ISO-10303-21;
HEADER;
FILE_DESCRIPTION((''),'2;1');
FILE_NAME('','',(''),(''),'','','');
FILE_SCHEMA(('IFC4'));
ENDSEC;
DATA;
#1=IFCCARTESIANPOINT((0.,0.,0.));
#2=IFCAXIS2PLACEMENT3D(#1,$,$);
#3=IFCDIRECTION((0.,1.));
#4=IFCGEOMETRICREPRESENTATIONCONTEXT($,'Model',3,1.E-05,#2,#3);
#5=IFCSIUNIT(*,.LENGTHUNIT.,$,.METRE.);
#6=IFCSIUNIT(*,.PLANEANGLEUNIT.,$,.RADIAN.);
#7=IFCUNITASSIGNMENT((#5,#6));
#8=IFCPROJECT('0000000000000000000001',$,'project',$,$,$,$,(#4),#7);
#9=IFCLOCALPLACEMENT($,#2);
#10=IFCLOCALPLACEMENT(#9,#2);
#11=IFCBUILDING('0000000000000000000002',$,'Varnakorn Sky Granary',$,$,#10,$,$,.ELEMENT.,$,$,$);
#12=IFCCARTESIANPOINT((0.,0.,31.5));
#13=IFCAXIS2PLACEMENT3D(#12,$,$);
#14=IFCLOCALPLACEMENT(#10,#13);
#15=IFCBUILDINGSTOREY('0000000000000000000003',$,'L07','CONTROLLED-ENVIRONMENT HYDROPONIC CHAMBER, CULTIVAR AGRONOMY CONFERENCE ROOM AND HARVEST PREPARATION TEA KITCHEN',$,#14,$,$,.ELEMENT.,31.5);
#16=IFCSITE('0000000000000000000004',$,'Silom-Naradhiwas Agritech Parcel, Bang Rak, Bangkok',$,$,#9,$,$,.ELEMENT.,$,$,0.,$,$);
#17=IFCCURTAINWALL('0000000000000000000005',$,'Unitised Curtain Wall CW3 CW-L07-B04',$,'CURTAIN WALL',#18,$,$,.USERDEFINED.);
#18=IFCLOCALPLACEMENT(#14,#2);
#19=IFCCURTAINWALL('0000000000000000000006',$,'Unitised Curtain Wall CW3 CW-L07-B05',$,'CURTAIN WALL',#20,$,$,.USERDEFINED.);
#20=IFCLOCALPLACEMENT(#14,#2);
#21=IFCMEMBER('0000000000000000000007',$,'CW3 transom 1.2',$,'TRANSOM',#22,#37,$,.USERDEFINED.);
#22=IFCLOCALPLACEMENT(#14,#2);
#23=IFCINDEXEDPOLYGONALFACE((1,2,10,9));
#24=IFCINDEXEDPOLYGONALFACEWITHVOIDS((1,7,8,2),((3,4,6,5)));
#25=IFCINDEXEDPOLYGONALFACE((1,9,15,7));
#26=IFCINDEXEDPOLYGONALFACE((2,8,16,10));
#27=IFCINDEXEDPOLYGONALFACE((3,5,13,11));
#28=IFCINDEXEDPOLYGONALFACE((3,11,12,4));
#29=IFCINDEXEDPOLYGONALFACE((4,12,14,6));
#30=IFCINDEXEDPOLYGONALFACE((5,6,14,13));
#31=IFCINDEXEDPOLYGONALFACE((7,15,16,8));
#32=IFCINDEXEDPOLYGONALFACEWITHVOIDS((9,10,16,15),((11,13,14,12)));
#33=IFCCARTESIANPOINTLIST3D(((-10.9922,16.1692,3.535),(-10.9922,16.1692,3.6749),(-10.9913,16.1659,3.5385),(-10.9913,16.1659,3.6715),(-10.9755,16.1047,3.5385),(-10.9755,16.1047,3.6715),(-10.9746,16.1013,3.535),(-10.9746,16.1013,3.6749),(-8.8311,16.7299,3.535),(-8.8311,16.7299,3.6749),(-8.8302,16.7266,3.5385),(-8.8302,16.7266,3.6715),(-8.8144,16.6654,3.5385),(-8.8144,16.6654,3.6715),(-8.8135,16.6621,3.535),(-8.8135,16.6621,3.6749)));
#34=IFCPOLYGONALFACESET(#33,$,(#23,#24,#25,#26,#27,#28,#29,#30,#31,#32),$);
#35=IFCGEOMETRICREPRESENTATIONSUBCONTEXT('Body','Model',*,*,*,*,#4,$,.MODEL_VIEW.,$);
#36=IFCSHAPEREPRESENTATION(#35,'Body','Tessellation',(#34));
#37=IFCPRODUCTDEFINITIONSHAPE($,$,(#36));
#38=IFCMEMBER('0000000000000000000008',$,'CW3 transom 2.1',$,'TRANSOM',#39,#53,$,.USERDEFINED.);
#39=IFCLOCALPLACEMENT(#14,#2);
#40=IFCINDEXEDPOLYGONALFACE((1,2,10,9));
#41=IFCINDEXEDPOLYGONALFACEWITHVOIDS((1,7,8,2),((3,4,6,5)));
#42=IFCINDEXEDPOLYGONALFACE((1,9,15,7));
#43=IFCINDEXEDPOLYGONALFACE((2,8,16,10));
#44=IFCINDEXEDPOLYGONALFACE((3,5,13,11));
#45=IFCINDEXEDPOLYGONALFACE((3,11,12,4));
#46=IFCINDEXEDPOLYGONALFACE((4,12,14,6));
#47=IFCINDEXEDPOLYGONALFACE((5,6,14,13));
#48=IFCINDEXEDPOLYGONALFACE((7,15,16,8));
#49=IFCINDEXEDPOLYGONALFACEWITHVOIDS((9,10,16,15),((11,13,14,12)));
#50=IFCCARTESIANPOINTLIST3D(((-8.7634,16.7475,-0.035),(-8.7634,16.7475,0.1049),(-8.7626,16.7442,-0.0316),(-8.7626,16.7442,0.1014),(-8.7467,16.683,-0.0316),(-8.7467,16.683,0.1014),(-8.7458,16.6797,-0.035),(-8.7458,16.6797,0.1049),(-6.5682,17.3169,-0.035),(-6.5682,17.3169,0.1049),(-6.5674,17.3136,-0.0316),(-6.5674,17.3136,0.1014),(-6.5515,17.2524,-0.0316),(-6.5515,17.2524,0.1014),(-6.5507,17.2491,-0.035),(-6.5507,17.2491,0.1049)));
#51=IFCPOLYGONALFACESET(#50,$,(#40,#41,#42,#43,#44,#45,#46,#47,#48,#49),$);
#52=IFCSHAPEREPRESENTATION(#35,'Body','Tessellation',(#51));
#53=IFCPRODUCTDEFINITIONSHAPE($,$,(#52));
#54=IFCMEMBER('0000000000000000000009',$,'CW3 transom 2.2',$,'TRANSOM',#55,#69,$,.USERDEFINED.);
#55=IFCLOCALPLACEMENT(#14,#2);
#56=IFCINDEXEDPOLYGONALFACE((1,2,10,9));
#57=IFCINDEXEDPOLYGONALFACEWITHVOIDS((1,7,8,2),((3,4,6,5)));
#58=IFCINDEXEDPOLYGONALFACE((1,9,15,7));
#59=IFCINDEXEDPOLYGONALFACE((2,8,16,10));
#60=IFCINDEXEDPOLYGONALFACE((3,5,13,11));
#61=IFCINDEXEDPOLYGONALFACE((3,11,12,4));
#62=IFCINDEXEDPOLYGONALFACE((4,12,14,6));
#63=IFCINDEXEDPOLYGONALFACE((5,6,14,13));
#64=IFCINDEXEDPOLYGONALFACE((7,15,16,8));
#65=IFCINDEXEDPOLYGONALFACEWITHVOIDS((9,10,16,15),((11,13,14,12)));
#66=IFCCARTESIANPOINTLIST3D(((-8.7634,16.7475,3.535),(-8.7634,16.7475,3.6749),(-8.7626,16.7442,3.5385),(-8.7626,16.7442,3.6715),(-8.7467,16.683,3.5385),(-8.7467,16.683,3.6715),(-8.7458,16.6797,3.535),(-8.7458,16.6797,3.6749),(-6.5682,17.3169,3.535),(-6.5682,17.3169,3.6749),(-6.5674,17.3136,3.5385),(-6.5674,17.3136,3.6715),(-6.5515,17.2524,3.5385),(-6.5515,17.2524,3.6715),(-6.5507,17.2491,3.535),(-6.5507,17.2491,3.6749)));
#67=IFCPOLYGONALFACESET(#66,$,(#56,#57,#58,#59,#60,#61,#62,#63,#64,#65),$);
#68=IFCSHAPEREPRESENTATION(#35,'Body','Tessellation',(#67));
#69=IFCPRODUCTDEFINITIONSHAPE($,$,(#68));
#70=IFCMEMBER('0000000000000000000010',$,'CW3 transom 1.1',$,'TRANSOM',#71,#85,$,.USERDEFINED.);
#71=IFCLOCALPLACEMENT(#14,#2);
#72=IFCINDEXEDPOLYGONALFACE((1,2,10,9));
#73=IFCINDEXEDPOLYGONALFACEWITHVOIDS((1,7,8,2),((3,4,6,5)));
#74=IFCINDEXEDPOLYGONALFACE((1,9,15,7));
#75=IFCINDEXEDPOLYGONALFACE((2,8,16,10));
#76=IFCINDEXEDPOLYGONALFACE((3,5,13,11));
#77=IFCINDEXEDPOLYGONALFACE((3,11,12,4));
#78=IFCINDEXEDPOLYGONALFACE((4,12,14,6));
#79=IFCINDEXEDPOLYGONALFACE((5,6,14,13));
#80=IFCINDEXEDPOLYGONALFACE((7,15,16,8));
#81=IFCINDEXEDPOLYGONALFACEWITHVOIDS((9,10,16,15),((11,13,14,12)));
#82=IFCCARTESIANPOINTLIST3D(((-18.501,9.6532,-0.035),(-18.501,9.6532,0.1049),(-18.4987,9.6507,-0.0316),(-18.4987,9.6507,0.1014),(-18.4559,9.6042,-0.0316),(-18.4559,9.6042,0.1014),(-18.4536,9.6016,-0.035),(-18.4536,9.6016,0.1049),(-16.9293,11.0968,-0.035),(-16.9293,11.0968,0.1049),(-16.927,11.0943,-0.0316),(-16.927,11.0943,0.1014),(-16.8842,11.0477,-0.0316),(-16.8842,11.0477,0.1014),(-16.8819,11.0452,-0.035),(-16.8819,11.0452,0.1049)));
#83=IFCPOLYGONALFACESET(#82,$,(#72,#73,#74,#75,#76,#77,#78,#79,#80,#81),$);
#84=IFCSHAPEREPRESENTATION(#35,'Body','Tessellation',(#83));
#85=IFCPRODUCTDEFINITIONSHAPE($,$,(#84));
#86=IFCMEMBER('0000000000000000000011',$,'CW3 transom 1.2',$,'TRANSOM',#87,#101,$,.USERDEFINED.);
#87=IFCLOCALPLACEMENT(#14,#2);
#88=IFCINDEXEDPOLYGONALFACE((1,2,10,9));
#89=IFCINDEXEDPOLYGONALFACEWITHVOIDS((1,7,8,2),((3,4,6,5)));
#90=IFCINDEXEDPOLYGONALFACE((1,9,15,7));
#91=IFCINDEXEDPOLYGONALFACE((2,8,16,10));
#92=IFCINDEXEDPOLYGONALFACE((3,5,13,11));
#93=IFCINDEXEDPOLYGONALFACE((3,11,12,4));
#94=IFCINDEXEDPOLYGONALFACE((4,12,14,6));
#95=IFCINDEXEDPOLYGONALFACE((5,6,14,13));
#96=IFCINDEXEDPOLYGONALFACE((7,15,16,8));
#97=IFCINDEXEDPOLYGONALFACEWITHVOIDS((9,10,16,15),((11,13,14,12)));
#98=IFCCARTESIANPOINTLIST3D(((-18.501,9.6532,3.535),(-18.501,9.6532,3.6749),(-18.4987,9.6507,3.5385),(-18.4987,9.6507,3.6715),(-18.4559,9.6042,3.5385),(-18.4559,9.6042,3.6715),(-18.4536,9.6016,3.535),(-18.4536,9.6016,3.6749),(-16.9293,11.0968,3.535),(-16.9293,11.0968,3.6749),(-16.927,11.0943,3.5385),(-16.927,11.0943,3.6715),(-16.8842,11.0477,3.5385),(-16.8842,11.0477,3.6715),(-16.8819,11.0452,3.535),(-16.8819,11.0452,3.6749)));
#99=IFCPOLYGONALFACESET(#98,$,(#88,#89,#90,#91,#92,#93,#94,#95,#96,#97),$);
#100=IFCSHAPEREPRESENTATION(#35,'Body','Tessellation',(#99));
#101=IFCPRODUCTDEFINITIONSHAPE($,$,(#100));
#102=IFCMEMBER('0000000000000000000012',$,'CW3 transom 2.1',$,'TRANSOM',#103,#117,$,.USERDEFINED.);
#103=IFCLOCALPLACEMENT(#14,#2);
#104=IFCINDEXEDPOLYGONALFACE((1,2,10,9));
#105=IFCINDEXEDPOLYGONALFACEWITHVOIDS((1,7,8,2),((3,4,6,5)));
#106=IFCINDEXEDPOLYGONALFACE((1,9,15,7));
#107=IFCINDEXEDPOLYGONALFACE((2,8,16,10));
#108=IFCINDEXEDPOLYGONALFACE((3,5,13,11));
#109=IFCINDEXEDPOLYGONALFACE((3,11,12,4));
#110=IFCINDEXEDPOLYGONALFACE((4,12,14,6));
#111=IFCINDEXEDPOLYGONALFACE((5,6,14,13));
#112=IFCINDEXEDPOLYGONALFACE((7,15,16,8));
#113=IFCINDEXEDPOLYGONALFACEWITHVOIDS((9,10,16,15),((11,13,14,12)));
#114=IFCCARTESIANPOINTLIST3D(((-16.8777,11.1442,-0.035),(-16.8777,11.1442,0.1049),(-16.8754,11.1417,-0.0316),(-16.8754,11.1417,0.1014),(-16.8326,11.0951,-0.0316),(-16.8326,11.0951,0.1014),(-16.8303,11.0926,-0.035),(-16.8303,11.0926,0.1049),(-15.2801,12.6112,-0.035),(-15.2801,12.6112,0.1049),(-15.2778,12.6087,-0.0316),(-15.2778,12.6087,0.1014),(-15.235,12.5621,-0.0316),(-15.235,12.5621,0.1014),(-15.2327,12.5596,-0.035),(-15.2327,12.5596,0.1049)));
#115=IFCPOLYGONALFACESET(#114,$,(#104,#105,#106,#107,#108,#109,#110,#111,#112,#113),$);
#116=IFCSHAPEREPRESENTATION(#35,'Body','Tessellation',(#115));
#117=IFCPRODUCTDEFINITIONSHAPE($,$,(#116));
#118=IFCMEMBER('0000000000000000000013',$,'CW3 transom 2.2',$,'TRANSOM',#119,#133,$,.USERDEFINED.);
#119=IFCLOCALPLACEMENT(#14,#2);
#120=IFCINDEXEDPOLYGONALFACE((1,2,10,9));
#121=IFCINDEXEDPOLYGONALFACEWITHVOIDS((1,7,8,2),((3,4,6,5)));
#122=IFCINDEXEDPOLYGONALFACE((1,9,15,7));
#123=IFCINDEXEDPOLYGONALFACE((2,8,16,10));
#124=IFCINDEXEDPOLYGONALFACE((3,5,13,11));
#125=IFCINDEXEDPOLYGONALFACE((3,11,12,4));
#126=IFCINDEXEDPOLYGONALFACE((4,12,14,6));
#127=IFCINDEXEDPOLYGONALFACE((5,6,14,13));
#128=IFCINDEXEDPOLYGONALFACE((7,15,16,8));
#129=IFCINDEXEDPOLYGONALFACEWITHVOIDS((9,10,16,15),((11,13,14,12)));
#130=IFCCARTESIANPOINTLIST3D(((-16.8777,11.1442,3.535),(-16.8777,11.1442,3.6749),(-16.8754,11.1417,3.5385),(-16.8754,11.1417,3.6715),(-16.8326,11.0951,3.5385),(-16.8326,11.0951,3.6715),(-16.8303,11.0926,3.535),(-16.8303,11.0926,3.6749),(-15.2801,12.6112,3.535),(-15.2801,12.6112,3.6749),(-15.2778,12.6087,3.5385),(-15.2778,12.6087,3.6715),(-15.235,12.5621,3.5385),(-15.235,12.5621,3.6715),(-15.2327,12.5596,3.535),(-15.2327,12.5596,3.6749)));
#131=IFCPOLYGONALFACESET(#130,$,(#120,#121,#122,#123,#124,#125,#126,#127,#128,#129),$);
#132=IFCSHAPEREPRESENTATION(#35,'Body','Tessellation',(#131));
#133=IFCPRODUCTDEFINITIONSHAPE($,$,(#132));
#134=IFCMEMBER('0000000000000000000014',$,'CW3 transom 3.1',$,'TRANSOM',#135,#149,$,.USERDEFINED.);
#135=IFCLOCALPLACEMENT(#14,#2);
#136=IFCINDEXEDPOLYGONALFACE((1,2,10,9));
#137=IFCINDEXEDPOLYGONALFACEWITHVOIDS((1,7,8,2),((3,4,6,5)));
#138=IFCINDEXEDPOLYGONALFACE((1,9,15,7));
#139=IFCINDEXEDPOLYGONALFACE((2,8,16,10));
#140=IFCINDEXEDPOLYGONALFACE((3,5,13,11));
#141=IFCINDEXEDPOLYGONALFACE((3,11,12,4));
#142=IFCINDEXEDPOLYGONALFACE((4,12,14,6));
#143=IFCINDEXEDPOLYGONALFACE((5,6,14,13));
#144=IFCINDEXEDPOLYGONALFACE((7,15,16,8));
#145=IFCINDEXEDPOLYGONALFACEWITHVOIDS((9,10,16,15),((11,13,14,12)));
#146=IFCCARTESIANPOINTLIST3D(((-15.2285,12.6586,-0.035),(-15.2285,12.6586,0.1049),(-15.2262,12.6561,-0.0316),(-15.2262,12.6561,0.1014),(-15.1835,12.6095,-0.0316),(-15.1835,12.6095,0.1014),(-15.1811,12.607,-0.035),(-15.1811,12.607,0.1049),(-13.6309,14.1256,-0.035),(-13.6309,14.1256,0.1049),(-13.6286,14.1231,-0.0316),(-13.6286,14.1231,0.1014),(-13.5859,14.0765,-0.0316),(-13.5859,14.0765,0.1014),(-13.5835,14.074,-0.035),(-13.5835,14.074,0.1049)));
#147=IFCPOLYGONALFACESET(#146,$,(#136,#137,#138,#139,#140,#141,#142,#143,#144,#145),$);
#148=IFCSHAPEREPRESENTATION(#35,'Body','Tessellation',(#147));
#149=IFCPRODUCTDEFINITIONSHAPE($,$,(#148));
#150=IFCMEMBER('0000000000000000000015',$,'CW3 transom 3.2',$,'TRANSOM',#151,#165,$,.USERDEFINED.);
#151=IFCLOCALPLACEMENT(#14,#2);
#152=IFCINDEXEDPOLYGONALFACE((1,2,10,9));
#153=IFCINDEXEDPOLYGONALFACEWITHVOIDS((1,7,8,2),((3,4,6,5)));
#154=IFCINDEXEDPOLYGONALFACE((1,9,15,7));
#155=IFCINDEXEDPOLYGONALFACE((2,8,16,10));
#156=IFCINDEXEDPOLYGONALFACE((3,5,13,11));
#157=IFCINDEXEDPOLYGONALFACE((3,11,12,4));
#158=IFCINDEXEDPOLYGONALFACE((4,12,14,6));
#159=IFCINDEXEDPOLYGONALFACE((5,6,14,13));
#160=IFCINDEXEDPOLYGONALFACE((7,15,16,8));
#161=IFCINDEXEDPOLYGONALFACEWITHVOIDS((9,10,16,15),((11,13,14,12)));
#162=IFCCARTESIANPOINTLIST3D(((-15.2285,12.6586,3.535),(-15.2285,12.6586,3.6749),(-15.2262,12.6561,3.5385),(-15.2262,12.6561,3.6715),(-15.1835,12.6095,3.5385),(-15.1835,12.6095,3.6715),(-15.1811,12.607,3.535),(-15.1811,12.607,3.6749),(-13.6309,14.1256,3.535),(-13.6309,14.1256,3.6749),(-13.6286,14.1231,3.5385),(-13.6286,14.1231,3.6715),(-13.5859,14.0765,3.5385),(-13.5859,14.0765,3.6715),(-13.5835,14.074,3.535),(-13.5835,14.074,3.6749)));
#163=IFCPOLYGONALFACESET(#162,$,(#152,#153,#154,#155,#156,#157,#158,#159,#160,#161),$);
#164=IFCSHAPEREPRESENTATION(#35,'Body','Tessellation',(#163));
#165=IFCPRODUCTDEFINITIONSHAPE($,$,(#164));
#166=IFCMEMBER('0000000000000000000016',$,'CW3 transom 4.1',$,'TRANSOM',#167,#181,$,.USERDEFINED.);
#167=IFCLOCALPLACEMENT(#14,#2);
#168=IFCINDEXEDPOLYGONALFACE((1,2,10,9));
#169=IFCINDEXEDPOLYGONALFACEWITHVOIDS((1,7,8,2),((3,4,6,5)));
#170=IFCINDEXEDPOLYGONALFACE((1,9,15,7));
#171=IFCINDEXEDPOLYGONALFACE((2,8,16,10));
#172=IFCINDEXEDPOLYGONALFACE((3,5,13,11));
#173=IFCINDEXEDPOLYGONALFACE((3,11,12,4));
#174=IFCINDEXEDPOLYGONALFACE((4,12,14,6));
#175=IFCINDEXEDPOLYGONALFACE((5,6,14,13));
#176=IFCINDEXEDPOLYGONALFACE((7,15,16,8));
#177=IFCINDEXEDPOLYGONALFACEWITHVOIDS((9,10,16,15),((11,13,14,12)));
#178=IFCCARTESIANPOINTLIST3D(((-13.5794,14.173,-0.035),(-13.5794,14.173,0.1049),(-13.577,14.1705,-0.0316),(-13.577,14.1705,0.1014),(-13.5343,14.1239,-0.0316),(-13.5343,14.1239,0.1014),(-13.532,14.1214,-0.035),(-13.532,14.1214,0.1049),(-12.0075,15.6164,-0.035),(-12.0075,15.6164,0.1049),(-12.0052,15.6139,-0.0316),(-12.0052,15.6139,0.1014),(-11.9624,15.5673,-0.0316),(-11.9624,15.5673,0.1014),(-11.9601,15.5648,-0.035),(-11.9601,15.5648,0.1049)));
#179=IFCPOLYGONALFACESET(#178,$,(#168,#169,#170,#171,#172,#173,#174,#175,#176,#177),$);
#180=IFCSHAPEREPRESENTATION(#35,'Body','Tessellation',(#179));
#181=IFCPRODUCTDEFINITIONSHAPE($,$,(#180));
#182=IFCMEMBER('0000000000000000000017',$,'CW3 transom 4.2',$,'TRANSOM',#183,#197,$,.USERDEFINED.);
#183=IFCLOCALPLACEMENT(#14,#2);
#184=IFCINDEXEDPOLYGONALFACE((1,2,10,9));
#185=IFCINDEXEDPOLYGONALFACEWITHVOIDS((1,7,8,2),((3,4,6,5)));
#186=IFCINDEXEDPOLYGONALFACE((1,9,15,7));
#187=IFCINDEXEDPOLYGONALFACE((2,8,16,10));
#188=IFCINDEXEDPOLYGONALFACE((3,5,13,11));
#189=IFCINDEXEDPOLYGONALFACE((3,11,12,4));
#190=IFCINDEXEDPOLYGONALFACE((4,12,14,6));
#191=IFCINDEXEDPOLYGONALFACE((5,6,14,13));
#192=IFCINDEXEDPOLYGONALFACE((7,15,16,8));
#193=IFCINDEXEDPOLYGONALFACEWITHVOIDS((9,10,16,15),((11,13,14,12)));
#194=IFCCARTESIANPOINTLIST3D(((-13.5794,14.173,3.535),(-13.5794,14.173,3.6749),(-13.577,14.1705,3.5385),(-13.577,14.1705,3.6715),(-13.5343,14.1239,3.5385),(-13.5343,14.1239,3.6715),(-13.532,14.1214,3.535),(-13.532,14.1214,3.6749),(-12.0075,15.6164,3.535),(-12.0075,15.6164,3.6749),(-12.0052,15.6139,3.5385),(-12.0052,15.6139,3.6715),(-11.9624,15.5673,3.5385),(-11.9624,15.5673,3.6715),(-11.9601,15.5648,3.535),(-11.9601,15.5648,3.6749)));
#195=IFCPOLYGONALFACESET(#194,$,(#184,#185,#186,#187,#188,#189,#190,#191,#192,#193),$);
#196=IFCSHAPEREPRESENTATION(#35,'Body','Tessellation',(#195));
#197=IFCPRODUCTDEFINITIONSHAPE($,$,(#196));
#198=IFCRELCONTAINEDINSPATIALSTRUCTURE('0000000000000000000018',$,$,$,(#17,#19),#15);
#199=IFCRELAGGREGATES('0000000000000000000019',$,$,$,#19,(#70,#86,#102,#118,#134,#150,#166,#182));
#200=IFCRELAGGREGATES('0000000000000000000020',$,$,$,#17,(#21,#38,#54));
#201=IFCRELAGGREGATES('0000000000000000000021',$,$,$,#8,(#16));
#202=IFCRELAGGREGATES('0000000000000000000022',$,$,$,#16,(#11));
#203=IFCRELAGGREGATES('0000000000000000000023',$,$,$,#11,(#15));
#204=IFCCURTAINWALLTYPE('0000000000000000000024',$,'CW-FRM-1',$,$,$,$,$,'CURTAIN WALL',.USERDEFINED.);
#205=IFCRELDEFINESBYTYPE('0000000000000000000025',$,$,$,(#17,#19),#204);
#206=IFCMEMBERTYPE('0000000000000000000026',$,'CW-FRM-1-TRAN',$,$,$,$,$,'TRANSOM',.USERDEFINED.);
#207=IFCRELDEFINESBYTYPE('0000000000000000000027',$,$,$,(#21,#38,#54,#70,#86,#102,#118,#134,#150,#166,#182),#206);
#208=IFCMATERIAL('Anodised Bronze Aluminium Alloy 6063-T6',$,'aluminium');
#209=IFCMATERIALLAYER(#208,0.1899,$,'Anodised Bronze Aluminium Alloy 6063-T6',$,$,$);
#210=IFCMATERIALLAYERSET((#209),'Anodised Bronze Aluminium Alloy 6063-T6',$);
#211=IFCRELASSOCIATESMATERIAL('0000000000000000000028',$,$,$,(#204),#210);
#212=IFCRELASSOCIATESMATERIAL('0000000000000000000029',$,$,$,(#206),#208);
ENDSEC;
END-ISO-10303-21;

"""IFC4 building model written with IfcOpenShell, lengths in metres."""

from ifc_helpers import new_model, si_unit, direction, frame, origin, origin_2d, place, context, subcontext, project, spatial, hollow_rectangle, extrude, material, layer, layer_set, material_profile, profile_set, type_object, element, aggregate, save


model = new_model("IFC4")

# Units and contexts
model_context = context("Model", 3, precision=1e-05, world=origin(), true_north=direction((0.0, 1.0)))
body_context = subcontext(model_context, "Body", "Model", "MODEL_VIEW")
ifc_project = project(units=[si_unit("LENGTHUNIT", "METRE"), si_unit("PLANEANGLEUNIT", "RADIAN")], contexts=[model_context])

# Site, building, storey
site_placement = place(None, origin())
site = spatial("IfcSite", under=ifc_project, at=site_placement, Name="Silom-Naradhiwas Agritech Parcel, Bang Rak, Bangkok", CompositionType="ELEMENT", RefElevation=0.0)
building_placement = place(site_placement, origin())
building = spatial("IfcBuilding", under=site, at=building_placement, Name="Varnakorn Sky Granary", CompositionType="ELEMENT")
storey_placement = place(building_placement, frame((0.0, 0.0, 31.5)))
storey = spatial("IfcBuildingStorey", under=building, at=storey_placement, Name="L07", Description="CONTROLLED-ENVIRONMENT HYDROPONIC CHAMBER, CULTIVAR AGRONOMY CONFERENCE ROOM AND HARVEST PREPARATION TEA KITCHEN", CompositionType="ELEMENT", Elevation=31.5)

# Curtain walls
ifc_material_1 = material(Name="Anodised Bronze Aluminium Alloy 6063-T6", Category="aluminium")
ifc_layer_1 = layer(ifc_material_1, 0.1899, Name="Anodised Bronze Aluminium Alloy 6063-T6")
ifc_layer_set_1 = layer_set([ifc_layer_1], Name="Anodised Bronze Aluminium Alloy 6063-T6")
curtain_wall_type = type_object("IfcCurtainWallType", Name="CW-FRM-1", ElementType="CURTAIN WALL", PredefinedType="USERDEFINED", material=ifc_layer_set_1)
curtain_wall_1_placement = place(storey_placement, origin())
curtain_wall_1 = element("IfcCurtainWall", 1, at=curtain_wall_1_placement, inside=storey, type_object=curtain_wall_type, Name="Unitised Curtain Wall CW3 CW-L07-B04", ObjectType="CURTAIN WALL", PredefinedType="USERDEFINED")
curtain_wall_2_placement = place(storey_placement, origin())
curtain_wall_2 = element("IfcCurtainWall", 2, at=curtain_wall_2_placement, inside=storey, type_object=curtain_wall_type, Name="Unitised Curtain Wall CW3 CW-L07-B05", ObjectType="CURTAIN WALL", PredefinedType="USERDEFINED")

# Members
ifc_material_profile_1 = material_profile(ifc_material_1, hollow_rectangle(XDim=0.0701, YDim=0.1399, WallThickness=0.0034, at=origin_2d()), Name="ALU TRAN 70x140")
ifc_profile_set_1 = profile_set([ifc_material_profile_1], Name="Anodised Bronze Aluminium Alloy 6063-T6")
member_type_1 = type_object("IfcMemberType", Name="CW-FRM-1-TRAN", ElementType="TRANSOM", PredefinedType="USERDEFINED", material=ifc_profile_set_1)
member_1_placement = place(storey_placement, frame((-10.9834, 16.1353, 3.605), z_axis=(0.967943, 0.251171, 0.0), x_axis=(-0.251171, 0.967943, 0.0)))
member_1 = element("IfcMember", 3, at=member_1_placement, type_object=member_type_1, Name="CW3 transom 1.2", ObjectType="TRANSOM", PredefinedType="USERDEFINED", context=body_context, shape_type="SweptSolid", body=[
    extrude(hollow_rectangle(XDim=0.0701, YDim=0.1399, WallThickness=0.0034, at=origin_2d()), origin(), (0.0, 0.0, 1.0), 2.2327),
])
member_2_placement = place(storey_placement, frame((-8.7546, 16.7136, 0.0349), z_axis=(0.967971, 0.251063, 0.0), x_axis=(-0.251063, 0.967971, 0.0)))
member_2 = element("IfcMember", 4, at=member_2_placement, type_object=member_type_1, Name="CW3 transom 2.1", ObjectType="TRANSOM", PredefinedType="USERDEFINED", context=body_context, shape_type="SweptSolid", body=[
    extrude(hollow_rectangle(XDim=0.0701, YDim=0.1399, WallThickness=0.0034, at=origin_2d()), origin(), (0.0, 0.0, 1.0), 2.2678),
])
member_3_placement = place(storey_placement, frame((-8.7546, 16.7136, 3.605), z_axis=(0.967971, 0.251063, 0.0), x_axis=(-0.251063, 0.967971, 0.0)))
member_3 = element("IfcMember", 5, at=member_3_placement, type_object=member_type_1, Name="CW3 transom 2.2", ObjectType="TRANSOM", PredefinedType="USERDEFINED", context=body_context, shape_type="SweptSolid", body=[
    extrude(hollow_rectangle(XDim=0.0701, YDim=0.1399, WallThickness=0.0034, at=origin_2d()), origin(), (0.0, 0.0, 1.0), 2.2678),
])
member_4_placement = place(storey_placement, frame((-18.4773, 9.6274, 0.0349), z_axis=(0.736498, 0.676439, 0.0), x_axis=(-0.676439, 0.736498, 0.0)))
member_4 = element("IfcMember", 6, at=member_4_placement, type_object=member_type_1, Name="CW3 transom 1.1", ObjectType="TRANSOM", PredefinedType="USERDEFINED", context=body_context, shape_type="SweptSolid", body=[
    extrude(hollow_rectangle(XDim=0.0701, YDim=0.1399, WallThickness=0.0034, at=origin_2d()), origin(), (0.0, 0.0, 1.0), 2.134),
])
member_5_placement = place(storey_placement, frame((-18.4773, 9.6274, 3.605), z_axis=(0.736498, 0.676439, 0.0), x_axis=(-0.676439, 0.736498, 0.0)))
member_5 = element("IfcMember", 7, at=member_5_placement, type_object=member_type_1, Name="CW3 transom 1.2", ObjectType="TRANSOM", PredefinedType="USERDEFINED", context=body_context, shape_type="SweptSolid", body=[
    extrude(hollow_rectangle(XDim=0.0701, YDim=0.1399, WallThickness=0.0034, at=origin_2d()), origin(), (0.0, 0.0, 1.0), 2.134),
])
member_6_placement = place(storey_placement, frame((-16.854, 11.1184, 0.0349), z_axis=(0.736575, 0.676356, 0.0), x_axis=(-0.676356, 0.736575, 0.0)))
member_6 = element("IfcMember", 8, at=member_6_placement, type_object=member_type_1, Name="CW3 transom 2.1", ObjectType="TRANSOM", PredefinedType="USERDEFINED", context=body_context, shape_type="SweptSolid", body=[
    extrude(hollow_rectangle(XDim=0.0701, YDim=0.1399, WallThickness=0.0034, at=origin_2d()), origin(), (0.0, 0.0, 1.0), 2.1689),
])
member_7_placement = place(storey_placement, frame((-16.854, 11.1184, 3.605), z_axis=(0.736575, 0.676356, 0.0), x_axis=(-0.676356, 0.736575, 0.0)))
member_7 = element("IfcMember", 9, at=member_7_placement, type_object=member_type_1, Name="CW3 transom 2.2", ObjectType="TRANSOM", PredefinedType="USERDEFINED", context=body_context, shape_type="SweptSolid", body=[
    extrude(hollow_rectangle(XDim=0.0701, YDim=0.1399, WallThickness=0.0034, at=origin_2d()), origin(), (0.0, 0.0, 1.0), 2.1689),
])
member_8_placement = place(storey_placement, frame((-15.2048, 12.6328, 0.0349), z_axis=(0.736575, 0.676356, 0.0), x_axis=(-0.676356, 0.736575, 0.0)))
member_8 = element("IfcMember", 10, at=member_8_placement, type_object=member_type_1, Name="CW3 transom 3.1", ObjectType="TRANSOM", PredefinedType="USERDEFINED", context=body_context, shape_type="SweptSolid", body=[
    extrude(hollow_rectangle(XDim=0.0701, YDim=0.1399, WallThickness=0.0034, at=origin_2d()), origin(), (0.0, 0.0, 1.0), 2.1689),
])
member_9_placement = place(storey_placement, frame((-15.2048, 12.6328, 3.605), z_axis=(0.736575, 0.676356, 0.0), x_axis=(-0.676356, 0.736575, 0.0)))
member_9 = element("IfcMember", 11, at=member_9_placement, type_object=member_type_1, Name="CW3 transom 3.2", ObjectType="TRANSOM", PredefinedType="USERDEFINED", context=body_context, shape_type="SweptSolid", body=[
    extrude(hollow_rectangle(XDim=0.0701, YDim=0.1399, WallThickness=0.0034, at=origin_2d()), origin(), (0.0, 0.0, 1.0), 2.1689),
])
member_10_placement = place(storey_placement, frame((-13.5557, 14.1472, 0.0349), z_axis=(0.736555, 0.676377, 0.0), x_axis=(-0.676377, 0.736555, 0.0)))
member_10 = element("IfcMember", 12, at=member_10_placement, type_object=member_type_1, Name="CW3 transom 4.1", ObjectType="TRANSOM", PredefinedType="USERDEFINED", context=body_context, shape_type="SweptSolid", body=[
    extrude(hollow_rectangle(XDim=0.0701, YDim=0.1399, WallThickness=0.0034, at=origin_2d()), origin(), (0.0, 0.0, 1.0), 2.134),
])
member_11_placement = place(storey_placement, frame((-13.5557, 14.1472, 3.605), z_axis=(0.736555, 0.676377, 0.0), x_axis=(-0.676377, 0.736555, 0.0)))
member_11 = element("IfcMember", 13, at=member_11_placement, type_object=member_type_1, Name="CW3 transom 4.2", ObjectType="TRANSOM", PredefinedType="USERDEFINED", context=body_context, shape_type="SweptSolid", body=[
    extrude(hollow_rectangle(XDim=0.0701, YDim=0.1399, WallThickness=0.0034, at=origin_2d()), origin(), (0.0, 0.0, 1.0), 2.134),
])

aggregate(curtain_wall_2, [member_4, member_5, member_6, member_7, member_8, member_9, member_10, member_11])
aggregate(curtain_wall_1, [member_1, member_2, member_3])

save(model, "model.ifc")
